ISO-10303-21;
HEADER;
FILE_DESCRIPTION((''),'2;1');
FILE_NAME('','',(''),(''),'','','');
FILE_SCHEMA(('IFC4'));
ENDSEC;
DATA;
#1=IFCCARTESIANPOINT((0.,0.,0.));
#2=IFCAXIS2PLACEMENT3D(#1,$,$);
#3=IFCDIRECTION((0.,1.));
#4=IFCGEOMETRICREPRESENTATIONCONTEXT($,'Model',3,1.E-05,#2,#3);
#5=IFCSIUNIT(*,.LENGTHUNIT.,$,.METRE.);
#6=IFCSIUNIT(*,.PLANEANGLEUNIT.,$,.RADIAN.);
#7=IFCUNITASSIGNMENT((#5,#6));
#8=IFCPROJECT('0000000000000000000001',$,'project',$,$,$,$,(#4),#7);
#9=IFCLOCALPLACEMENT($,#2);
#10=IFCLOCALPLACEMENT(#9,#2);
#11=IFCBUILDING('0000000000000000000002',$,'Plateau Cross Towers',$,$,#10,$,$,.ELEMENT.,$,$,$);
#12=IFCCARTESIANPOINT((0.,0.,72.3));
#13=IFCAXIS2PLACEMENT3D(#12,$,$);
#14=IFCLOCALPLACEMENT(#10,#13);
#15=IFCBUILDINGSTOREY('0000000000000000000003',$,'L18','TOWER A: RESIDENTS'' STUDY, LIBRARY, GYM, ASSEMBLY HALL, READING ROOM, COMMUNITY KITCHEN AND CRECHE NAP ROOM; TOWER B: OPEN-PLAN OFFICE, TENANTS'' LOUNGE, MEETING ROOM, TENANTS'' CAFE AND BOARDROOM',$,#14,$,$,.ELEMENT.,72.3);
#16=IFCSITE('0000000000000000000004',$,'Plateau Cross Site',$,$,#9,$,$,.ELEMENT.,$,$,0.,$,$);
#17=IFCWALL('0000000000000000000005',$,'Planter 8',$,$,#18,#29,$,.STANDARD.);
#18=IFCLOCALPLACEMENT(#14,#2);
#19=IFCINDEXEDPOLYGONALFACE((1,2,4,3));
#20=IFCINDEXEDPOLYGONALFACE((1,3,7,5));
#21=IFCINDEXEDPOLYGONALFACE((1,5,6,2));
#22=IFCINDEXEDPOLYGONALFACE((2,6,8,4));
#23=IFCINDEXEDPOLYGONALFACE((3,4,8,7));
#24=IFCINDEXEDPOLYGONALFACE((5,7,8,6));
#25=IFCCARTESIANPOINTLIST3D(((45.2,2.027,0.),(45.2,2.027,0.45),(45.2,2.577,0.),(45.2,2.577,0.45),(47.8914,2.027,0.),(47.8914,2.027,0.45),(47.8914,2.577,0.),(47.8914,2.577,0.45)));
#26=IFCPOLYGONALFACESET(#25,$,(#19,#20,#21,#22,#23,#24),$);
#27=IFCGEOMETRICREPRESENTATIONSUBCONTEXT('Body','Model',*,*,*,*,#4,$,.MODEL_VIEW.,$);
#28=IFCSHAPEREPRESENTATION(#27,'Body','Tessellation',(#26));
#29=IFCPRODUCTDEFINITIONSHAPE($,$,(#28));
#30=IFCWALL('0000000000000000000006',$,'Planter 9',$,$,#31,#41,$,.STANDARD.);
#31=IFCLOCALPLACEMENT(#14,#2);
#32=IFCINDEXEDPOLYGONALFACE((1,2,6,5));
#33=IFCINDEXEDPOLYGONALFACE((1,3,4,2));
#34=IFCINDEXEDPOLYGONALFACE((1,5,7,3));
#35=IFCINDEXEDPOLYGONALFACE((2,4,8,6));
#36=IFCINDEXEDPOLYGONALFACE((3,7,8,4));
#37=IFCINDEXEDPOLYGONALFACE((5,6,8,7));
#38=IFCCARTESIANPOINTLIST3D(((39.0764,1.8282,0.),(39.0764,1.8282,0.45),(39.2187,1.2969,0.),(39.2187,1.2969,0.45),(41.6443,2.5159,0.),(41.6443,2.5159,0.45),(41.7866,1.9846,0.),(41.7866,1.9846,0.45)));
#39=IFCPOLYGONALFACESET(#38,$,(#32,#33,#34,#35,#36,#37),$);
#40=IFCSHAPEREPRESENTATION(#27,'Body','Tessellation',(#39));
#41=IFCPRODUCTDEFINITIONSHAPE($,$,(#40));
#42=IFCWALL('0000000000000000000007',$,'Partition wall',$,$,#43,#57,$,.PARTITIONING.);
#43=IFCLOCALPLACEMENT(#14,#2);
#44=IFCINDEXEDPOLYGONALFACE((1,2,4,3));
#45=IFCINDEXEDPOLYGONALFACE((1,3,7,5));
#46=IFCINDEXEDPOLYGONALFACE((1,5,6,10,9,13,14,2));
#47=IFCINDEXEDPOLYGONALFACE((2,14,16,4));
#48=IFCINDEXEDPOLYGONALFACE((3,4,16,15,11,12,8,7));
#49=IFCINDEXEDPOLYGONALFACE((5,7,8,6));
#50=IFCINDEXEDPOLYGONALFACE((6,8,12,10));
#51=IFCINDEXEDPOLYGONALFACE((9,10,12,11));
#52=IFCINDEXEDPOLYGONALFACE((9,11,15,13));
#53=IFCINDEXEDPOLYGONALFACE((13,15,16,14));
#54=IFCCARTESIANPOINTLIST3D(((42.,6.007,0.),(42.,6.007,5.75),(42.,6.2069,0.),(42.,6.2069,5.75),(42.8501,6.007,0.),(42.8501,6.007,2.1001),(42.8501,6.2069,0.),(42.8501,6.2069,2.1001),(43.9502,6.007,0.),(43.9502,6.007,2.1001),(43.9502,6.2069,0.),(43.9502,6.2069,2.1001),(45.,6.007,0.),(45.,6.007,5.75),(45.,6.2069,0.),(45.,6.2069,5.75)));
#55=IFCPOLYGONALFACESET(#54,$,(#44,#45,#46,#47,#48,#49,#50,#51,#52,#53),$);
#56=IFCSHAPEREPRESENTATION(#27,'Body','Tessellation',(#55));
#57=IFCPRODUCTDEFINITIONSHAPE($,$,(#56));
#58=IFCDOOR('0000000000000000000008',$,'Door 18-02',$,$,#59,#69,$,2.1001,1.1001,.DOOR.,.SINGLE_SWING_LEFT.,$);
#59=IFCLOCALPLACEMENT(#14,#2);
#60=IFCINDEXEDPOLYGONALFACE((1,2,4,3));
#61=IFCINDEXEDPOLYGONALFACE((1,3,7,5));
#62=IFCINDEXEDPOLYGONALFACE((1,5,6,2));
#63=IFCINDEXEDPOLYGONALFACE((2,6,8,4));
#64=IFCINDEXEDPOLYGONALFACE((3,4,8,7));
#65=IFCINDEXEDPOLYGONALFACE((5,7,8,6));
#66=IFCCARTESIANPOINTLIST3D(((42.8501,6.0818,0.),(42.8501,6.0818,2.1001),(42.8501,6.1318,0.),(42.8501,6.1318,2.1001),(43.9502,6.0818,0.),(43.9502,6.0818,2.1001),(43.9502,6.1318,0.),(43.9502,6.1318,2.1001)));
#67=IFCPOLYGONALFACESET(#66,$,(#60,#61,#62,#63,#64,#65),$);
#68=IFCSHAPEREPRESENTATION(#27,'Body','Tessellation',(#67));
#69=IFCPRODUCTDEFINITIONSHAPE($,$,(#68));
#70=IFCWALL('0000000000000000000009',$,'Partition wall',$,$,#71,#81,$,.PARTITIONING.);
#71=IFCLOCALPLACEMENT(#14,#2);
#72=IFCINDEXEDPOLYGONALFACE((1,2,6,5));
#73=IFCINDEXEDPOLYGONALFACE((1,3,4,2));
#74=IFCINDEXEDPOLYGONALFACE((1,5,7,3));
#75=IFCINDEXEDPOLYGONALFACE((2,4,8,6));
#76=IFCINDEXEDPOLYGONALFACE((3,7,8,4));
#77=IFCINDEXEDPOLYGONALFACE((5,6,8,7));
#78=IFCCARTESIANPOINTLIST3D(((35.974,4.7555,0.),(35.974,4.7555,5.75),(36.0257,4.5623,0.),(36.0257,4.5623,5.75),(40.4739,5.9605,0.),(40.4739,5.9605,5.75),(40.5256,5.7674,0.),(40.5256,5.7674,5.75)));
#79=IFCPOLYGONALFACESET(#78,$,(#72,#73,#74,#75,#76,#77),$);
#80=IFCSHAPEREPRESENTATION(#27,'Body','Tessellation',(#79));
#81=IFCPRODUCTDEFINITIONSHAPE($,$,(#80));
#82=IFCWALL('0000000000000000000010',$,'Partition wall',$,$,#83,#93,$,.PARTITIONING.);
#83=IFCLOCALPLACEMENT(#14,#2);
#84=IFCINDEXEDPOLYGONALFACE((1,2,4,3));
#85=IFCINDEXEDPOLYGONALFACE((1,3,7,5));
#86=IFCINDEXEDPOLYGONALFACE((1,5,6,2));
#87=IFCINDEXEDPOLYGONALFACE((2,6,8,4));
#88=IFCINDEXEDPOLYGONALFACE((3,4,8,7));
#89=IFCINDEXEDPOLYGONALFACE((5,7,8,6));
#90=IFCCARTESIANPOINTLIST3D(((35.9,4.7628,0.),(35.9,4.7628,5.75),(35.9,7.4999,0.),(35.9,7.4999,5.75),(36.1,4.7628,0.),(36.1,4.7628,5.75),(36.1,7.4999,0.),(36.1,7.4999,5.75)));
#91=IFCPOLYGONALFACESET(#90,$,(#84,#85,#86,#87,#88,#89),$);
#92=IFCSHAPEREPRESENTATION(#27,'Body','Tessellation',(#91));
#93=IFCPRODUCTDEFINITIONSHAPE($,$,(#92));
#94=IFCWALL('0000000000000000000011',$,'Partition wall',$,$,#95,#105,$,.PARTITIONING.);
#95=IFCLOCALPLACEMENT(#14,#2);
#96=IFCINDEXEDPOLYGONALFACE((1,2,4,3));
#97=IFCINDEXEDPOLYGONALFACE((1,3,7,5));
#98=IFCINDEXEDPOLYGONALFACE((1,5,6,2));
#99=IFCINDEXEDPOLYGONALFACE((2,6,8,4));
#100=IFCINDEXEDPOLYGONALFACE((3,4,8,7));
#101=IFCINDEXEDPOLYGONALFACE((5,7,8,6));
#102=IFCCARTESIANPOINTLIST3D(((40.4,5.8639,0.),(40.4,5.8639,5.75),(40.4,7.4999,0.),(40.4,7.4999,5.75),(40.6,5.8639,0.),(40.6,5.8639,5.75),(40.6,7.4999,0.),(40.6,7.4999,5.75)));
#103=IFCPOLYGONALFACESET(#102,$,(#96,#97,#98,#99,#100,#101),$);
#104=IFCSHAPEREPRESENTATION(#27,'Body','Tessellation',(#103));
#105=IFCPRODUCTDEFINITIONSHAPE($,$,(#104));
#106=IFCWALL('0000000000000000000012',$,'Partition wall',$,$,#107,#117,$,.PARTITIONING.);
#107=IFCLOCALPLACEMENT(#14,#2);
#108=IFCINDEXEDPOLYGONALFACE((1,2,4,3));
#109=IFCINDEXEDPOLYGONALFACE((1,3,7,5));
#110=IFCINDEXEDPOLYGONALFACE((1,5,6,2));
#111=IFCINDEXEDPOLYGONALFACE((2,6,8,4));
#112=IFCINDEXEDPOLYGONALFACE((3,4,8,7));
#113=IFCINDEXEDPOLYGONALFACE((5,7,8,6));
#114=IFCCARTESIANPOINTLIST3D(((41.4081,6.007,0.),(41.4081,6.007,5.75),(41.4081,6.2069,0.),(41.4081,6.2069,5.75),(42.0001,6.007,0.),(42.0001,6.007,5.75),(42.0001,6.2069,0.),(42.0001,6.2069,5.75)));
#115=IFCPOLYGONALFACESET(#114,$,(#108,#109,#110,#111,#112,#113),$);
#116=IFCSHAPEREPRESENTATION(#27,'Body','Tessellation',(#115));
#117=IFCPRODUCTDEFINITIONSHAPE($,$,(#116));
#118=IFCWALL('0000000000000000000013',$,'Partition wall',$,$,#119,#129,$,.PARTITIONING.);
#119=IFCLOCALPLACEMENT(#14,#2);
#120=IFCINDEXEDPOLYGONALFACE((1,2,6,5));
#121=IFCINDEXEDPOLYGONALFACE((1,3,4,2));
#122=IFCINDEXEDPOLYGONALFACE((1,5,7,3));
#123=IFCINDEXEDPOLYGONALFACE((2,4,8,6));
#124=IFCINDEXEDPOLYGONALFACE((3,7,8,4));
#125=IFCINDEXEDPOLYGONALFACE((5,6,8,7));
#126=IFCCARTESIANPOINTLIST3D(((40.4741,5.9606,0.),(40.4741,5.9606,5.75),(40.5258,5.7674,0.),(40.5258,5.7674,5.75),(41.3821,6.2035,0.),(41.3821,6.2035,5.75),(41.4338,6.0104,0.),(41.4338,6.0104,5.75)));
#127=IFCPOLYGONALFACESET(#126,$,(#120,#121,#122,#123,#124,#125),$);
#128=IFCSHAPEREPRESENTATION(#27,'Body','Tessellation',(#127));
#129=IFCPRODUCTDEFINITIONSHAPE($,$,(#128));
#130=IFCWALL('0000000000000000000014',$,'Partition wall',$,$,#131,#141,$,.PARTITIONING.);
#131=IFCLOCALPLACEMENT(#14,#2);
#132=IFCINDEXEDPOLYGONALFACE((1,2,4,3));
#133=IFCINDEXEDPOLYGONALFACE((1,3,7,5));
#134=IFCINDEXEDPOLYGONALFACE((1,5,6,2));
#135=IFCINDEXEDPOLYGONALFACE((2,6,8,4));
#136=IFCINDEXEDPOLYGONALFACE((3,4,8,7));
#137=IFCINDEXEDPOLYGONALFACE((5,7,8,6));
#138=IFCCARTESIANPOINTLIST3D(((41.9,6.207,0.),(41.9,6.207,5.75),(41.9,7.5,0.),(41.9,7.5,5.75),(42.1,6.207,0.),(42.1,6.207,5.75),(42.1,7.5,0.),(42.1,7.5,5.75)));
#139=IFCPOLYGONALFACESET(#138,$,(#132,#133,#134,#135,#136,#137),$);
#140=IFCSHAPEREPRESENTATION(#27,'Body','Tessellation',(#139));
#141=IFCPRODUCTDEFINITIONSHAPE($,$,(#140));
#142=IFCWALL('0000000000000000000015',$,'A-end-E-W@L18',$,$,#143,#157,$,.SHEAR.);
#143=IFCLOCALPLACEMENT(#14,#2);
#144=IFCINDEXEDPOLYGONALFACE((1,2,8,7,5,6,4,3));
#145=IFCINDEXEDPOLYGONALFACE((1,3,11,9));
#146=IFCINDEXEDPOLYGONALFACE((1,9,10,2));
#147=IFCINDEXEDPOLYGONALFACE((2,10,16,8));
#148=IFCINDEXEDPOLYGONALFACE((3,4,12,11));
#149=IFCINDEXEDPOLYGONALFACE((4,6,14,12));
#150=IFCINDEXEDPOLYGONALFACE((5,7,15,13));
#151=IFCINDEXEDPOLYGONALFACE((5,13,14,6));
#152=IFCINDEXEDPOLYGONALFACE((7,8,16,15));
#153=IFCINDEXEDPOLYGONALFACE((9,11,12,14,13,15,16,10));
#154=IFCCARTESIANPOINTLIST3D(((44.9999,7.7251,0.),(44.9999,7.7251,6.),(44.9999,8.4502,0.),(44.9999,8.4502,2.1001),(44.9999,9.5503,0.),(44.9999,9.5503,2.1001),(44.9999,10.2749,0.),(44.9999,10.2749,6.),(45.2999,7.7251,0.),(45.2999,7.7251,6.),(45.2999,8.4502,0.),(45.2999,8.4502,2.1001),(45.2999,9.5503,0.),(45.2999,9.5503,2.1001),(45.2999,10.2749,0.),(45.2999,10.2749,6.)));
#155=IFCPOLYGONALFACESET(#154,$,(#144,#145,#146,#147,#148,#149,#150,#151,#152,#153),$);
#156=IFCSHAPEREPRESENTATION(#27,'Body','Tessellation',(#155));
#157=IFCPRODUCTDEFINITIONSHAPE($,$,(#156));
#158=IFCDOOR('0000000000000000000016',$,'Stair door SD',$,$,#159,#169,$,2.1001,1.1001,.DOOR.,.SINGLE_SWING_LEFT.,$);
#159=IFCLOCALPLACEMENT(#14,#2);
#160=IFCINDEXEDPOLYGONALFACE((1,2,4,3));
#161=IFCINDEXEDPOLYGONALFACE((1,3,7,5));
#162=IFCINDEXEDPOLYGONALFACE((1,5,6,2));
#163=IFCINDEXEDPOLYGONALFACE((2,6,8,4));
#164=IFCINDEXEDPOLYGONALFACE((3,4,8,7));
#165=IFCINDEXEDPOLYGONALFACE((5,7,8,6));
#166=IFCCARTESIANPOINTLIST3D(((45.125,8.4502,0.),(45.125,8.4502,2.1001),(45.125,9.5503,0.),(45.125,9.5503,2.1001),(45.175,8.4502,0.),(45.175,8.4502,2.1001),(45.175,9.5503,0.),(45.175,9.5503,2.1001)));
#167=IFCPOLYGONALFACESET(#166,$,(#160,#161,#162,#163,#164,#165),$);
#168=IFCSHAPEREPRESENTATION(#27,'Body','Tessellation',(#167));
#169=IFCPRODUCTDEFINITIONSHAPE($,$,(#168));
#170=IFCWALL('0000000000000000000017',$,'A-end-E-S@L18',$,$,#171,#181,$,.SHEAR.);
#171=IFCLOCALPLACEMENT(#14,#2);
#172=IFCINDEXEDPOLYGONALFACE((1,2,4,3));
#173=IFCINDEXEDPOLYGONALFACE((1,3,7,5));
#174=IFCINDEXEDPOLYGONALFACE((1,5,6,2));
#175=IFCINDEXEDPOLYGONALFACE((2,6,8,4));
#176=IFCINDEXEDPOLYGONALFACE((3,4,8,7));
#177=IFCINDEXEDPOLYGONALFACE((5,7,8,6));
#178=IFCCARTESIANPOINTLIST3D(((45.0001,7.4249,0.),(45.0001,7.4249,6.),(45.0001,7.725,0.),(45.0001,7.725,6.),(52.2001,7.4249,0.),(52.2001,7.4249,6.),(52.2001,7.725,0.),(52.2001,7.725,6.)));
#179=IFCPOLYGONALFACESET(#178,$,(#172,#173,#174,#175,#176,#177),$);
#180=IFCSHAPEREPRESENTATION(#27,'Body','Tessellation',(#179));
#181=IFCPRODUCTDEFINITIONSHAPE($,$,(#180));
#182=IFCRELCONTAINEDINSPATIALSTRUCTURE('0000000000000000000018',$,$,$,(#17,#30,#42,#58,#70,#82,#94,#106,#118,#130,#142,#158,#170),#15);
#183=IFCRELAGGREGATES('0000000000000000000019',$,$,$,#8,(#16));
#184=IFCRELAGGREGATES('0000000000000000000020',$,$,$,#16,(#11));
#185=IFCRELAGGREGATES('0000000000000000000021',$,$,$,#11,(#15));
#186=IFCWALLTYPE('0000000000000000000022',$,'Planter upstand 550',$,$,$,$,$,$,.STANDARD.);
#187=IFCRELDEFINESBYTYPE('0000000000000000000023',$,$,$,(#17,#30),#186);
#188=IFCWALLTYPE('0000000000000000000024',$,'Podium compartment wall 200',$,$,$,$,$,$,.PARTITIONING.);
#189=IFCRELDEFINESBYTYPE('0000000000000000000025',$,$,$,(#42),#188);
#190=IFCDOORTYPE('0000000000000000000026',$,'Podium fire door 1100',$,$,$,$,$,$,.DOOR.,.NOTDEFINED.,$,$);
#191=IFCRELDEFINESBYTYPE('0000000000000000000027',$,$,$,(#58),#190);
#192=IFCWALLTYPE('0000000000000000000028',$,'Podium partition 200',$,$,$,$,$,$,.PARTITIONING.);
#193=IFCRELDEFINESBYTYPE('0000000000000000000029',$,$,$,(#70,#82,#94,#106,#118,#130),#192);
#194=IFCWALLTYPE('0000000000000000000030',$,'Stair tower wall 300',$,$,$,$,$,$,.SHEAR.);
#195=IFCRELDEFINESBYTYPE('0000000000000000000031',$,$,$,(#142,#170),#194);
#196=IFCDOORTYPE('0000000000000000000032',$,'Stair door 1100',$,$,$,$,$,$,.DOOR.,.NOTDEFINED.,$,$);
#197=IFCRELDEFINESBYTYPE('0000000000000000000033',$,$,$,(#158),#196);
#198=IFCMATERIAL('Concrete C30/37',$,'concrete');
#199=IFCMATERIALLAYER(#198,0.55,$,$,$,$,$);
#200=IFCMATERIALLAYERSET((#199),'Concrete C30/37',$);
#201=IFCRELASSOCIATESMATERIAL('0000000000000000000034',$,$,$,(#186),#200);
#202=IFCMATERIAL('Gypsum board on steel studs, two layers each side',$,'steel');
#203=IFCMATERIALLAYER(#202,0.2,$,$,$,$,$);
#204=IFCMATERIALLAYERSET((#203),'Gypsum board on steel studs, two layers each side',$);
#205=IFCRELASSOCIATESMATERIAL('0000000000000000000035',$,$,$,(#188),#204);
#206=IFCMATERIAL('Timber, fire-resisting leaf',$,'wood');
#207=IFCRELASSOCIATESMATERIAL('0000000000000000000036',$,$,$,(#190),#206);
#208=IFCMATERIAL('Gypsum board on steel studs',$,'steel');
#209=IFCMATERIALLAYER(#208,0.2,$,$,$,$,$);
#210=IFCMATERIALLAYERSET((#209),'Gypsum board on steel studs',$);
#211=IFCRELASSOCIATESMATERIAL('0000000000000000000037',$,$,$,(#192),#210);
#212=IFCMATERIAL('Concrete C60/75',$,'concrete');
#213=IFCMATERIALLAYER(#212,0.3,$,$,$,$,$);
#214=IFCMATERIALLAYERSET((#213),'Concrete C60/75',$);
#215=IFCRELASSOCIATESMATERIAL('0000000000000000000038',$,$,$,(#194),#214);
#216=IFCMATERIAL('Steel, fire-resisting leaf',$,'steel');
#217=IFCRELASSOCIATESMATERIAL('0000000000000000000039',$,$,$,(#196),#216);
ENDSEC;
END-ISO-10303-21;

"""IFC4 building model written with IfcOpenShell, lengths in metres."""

from ifc_helpers import new_model, si_unit, direction, frame, frame_2d, origin, place, context, subcontext, project, spatial, rectangle, extrude, material, layer, layer_set, type_object, element, fill, save


model = new_model("IFC4")

# Units and contexts
model_context = context("Model", 3, precision=1e-05, world=origin(), true_north=direction((0.0, 1.0)))
body_context = subcontext(model_context, "Body", "Model", "MODEL_VIEW")
ifc_project = project(units=[si_unit("LENGTHUNIT", "METRE"), si_unit("PLANEANGLEUNIT", "RADIAN")], contexts=[model_context])

# Site, building, storey
site_placement = place(None, origin())
site = spatial("IfcSite", under=ifc_project, at=site_placement, Name="Plateau Cross Site", CompositionType="ELEMENT", RefElevation=0.0)
building_placement = place(site_placement, origin())
building = spatial("IfcBuilding", under=site, at=building_placement, Name="Plateau Cross Towers", CompositionType="ELEMENT")
storey_placement = place(building_placement, frame((0.0, 0.0, 72.3)))
storey = spatial("IfcBuildingStorey", under=building, at=storey_placement, Name="L18", Description="TOWER A: RESIDENTS' STUDY, LIBRARY, GYM, ASSEMBLY HALL, READING ROOM, COMMUNITY KITCHEN AND CRECHE NAP ROOM; TOWER B: OPEN-PLAN OFFICE, TENANTS' LOUNGE, MEETING ROOM, TENANTS' CAFE AND BOARDROOM", CompositionType="ELEMENT", Elevation=72.3)

# Shared definitions
ifc_material_1 = material(Name="Concrete C60/75", Category="concrete")

# Walls
ifc_material_2 = material(Name="Concrete C30/37", Category="concrete")
ifc_layer_1 = layer(ifc_material_2, 0.55)
ifc_layer_set_1 = layer_set([ifc_layer_1], Name="Concrete C30/37")
wall_type_1 = type_object("IfcWallType", Name="Planter upstand 550", PredefinedType="STANDARD", material=ifc_layer_set_1)
wall_1_placement = place(storey_placement, frame((47.8914, 2.302, 0.0), z_axis=(0.0, 0.0, 1.0), x_axis=(-1.0, 0.0, 0.0)))
element("IfcWall", 1, at=wall_1_placement, inside=storey, type_object=wall_type_1, Name="Planter 8", PredefinedType="STANDARD", context=body_context, shape_type="SweptSolid", body=[
    extrude(rectangle(XDim=2.6914, YDim=0.55, at=frame_2d((1.3457, 0.0))), origin(), (0.0, 0.0, 1.0), 0.45),
])
wall_2_placement = place(storey_placement, frame((41.7153, 2.2502, 0.0), z_axis=(0.0, 0.0, 1.0), x_axis=(-0.965955, -0.258709, 0.0)))
element("IfcWall", 2, at=wall_2_placement, inside=storey, type_object=wall_type_1, Name="Planter 9", PredefinedType="STANDARD", context=body_context, shape_type="SweptSolid", body=[
    extrude(rectangle(XDim=2.6584, YDim=0.55, at=frame_2d((1.3291, 0.0))), origin(), (0.0, 0.0, 1.0), 0.45),
])

# Wall, opening, door
ifc_material_3 = material(Name="Gypsum board on steel studs, two layers each side", Category="steel")
ifc_layer_2 = layer(ifc_material_3, 0.2)
ifc_layer_set_2 = layer_set([ifc_layer_2], Name="Gypsum board on steel studs, two layers each side")
wall_type_2 = type_object("IfcWallType", Name="Podium compartment wall 200", PredefinedType="PARTITIONING", material=ifc_layer_set_2)
wall_3_placement = place(storey_placement, frame((42.0, 6.1069, 0.0), z_axis=(0.0, 0.0, 1.0), x_axis=(1.0, 0.0, 0.0)))
wall_3 = element("IfcWall", 3, at=wall_3_placement, inside=storey, type_object=wall_type_2, Name="Partition wall", PredefinedType="PARTITIONING", context=body_context, shape_type="SweptSolid", body=[
    extrude(rectangle(XDim=3.0, YDim=0.2, at=frame_2d((1.5, 0.0))), origin(), (0.0, 0.0, 1.0), 5.75),
])
opening_1_placement = place(wall_3_placement, frame((0.8501, 0.0, 0.0)))
opening_1 = element("IfcOpeningElement", 4, at=opening_1_placement, cuts=wall_3, PredefinedType="OPENING", context=body_context, shape_type="SweptSolid", body=[
    extrude(rectangle(XDim=1.1001, YDim=2.1001, at=frame_2d((0.55, 1.05))), frame((0.0, 0.1099, 0.0), z_axis=(0.0, -1.0, 0.0), x_axis=(1.0, 0.0, 0.0)), (0.0, 0.0, 1.0), 0.22),
])
ifc_material_4 = material(Name="Timber, fire-resisting leaf", Category="wood")
door_type_1 = type_object("IfcDoorType", Name="Podium fire door 1100", OperationType="NOTDEFINED", PredefinedType="DOOR", material=ifc_material_4)
door_1_placement = place(opening_1_placement, origin())
door_1 = element("IfcDoor", 5, at=door_1_placement, inside=storey, type_object=door_type_1, Name="Door 18-02", OperationType="SINGLE_SWING_LEFT", OverallHeight=2.1001, OverallWidth=1.1001, PredefinedType="DOOR", context=body_context, shape_type="SweptSolid", body=[
    extrude(rectangle(XDim=1.1001, YDim=2.1001, at=frame_2d((0.55, 1.05))), frame((0.0, 0.0249, 0.0), z_axis=(0.0, -1.0, 0.0), x_axis=(1.0, 0.0, 0.0)), (0.0, 0.0, 1.0), 0.05),
])
fill(opening_1, door_1)

# Walls
ifc_material_5 = material(Name="Gypsum board on steel studs", Category="steel")
ifc_layer_3 = layer(ifc_material_5, 0.2)
ifc_layer_set_3 = layer_set([ifc_layer_3], Name="Gypsum board on steel studs")
wall_type_3 = type_object("IfcWallType", Name="Podium partition 200", PredefinedType="PARTITIONING", material=ifc_layer_set_3)
wall_4_placement = place(storey_placement, frame((36.0, 4.6589, 0.0), z_axis=(0.0, 0.0, 1.0), x_axis=(0.965963, 0.25868, 0.0)))
element("IfcWall", 6, at=wall_4_placement, inside=storey, type_object=wall_type_3, Name="Partition wall", PredefinedType="PARTITIONING", context=body_context, shape_type="SweptSolid", body=[
    extrude(rectangle(XDim=4.6584, YDim=0.2, at=frame_2d((2.3291, 0.0))), origin(), (0.0, 0.0, 1.0), 5.75),
])
wall_5_placement = place(storey_placement, frame((36.0, 7.5, 0.0), z_axis=(0.0, 0.0, 1.0), x_axis=(0.0, -1.0, 0.0)))
element("IfcWall", 7, at=wall_5_placement, inside=storey, type_object=wall_type_3, Name="Partition wall", PredefinedType="PARTITIONING", context=body_context, shape_type="SweptSolid", body=[
    extrude(rectangle(XDim=2.7371, YDim=0.2, at=frame_2d((1.3687, 0.0))), origin(), (0.0, 0.0, 1.0), 5.75),
])
wall_6_placement = place(storey_placement, frame((40.5, 5.864, 0.0), z_axis=(0.0, 0.0, 1.0), x_axis=(0.0, 1.0, 0.0)))
element("IfcWall", 8, at=wall_6_placement, inside=storey, type_object=wall_type_3, Name="Partition wall", PredefinedType="PARTITIONING", context=body_context, shape_type="SweptSolid", body=[
    extrude(rectangle(XDim=1.636, YDim=0.2, at=frame_2d((0.8179, 0.0))), origin(), (0.0, 0.0, 1.0), 5.75),
])
wall_7_placement = place(storey_placement, frame((42.0, 6.1069, 0.0), z_axis=(0.0, 0.0, 1.0), x_axis=(-1.0, 0.0, 0.0)))
element("IfcWall", 9, at=wall_7_placement, inside=storey, type_object=wall_type_3, Name="Partition wall", PredefinedType="PARTITIONING", context=body_context, shape_type="SweptSolid", body=[
    extrude(rectangle(XDim=0.592, YDim=0.2, at=frame_2d((0.2959, 0.0))), origin(), (0.0, 0.0, 1.0), 5.75),
])
wall_8_placement = place(storey_placement, frame((41.408, 6.1069, 0.0), z_axis=(0.0, 0.0, 1.0), x_axis=(-0.966023, -0.258455, 0.0)))
element("IfcWall", 10, at=wall_8_placement, inside=storey, type_object=wall_type_3, Name="Partition wall", PredefinedType="PARTITIONING", context=body_context, shape_type="SweptSolid", body=[
    extrude(rectangle(XDim=0.9399, YDim=0.2, at=frame_2d((0.47, 0.0))), origin(), (0.0, 0.0, 1.0), 5.75),
])
wall_9_placement = place(storey_placement, frame((42.0, 7.5, 0.0), z_axis=(0.0, 0.0, 1.0), x_axis=(0.0, -1.0, 0.0)))
element("IfcWall", 11, at=wall_9_placement, inside=storey, type_object=wall_type_3, Name="Partition wall", PredefinedType="PARTITIONING", context=body_context, shape_type="SweptSolid", body=[
    extrude(rectangle(XDim=1.293, YDim=0.2, at=frame_2d((0.6465, 0.0))), origin(), (0.0, 0.0, 1.0), 5.75),
])

# Wall, opening, door
ifc_layer_4 = layer(ifc_material_1, 0.3)
ifc_layer_set_4 = layer_set([ifc_layer_4], Name="Concrete C60/75")
wall_type_4 = type_object("IfcWallType", Name="Stair tower wall 300", PredefinedType="SHEAR", material=ifc_layer_set_4)
wall_10_placement = place(storey_placement, frame((45.1499, 7.7251, 0.0), z_axis=(0.0, 0.0, 1.0), x_axis=(0.0, 1.0, 0.0)))
wall_10 = element("IfcWall", 12, at=wall_10_placement, inside=storey, type_object=wall_type_4, Name="A-end-E-W@L18", PredefinedType="SHEAR", context=body_context, shape_type="SweptSolid", body=[
    extrude(rectangle(XDim=2.5498, YDim=0.3, at=frame_2d((1.2749, 0.0))), origin(), (0.0, 0.0, 1.0), 6.0),
])
opening_2_placement = place(wall_10_placement, frame((0.7251, 0.0, 0.0)))
opening_2 = element("IfcOpeningElement", 13, at=opening_2_placement, cuts=wall_10, PredefinedType="OPENING", context=body_context, shape_type="SweptSolid", body=[
    extrude(rectangle(XDim=1.1001, YDim=2.1001, at=frame_2d((0.55, 1.05))), frame((0.0, 0.1599, 0.0), z_axis=(0.0, -1.0, 0.0), x_axis=(1.0, 0.0, 0.0)), (0.0, 0.0, 1.0), 0.3201),
])
ifc_material_6 = material(Name="Steel, fire-resisting leaf", Category="steel")
door_type_2 = type_object("IfcDoorType", Name="Stair door 1100", OperationType="NOTDEFINED", PredefinedType="DOOR", material=ifc_material_6)
door_2_placement = place(opening_2_placement, origin())
door_2 = element("IfcDoor", 14, at=door_2_placement, inside=storey, type_object=door_type_2, Name="Stair door SD", OperationType="SINGLE_SWING_LEFT", OverallHeight=2.1001, OverallWidth=1.1001, PredefinedType="DOOR", context=body_context, shape_type="SweptSolid", body=[
    extrude(rectangle(XDim=1.1001, YDim=2.1001, at=frame_2d((0.55, 1.05))), frame((0.0, 0.0249, 0.0), z_axis=(0.0, -1.0, 0.0), x_axis=(1.0, 0.0, 0.0)), (0.0, 0.0, 1.0), 0.05),
])
fill(opening_2, door_2)

# Wall
wall_11_placement = place(storey_placement, frame((45.0, 7.575, 0.0), z_axis=(0.0, 0.0, 1.0), x_axis=(1.0, 0.0, 0.0)))
element("IfcWall", 15, at=wall_11_placement, inside=storey, type_object=wall_type_4, Name="A-end-E-S@L18", PredefinedType="SHEAR", context=body_context, shape_type="SweptSolid", body=[
    extrude(rectangle(XDim=7.2, YDim=0.3, at=frame_2d((3.6001, 0.0))), origin(), (0.0, 0.0, 1.0), 6.0),
])

save(model, "model.ifc")
